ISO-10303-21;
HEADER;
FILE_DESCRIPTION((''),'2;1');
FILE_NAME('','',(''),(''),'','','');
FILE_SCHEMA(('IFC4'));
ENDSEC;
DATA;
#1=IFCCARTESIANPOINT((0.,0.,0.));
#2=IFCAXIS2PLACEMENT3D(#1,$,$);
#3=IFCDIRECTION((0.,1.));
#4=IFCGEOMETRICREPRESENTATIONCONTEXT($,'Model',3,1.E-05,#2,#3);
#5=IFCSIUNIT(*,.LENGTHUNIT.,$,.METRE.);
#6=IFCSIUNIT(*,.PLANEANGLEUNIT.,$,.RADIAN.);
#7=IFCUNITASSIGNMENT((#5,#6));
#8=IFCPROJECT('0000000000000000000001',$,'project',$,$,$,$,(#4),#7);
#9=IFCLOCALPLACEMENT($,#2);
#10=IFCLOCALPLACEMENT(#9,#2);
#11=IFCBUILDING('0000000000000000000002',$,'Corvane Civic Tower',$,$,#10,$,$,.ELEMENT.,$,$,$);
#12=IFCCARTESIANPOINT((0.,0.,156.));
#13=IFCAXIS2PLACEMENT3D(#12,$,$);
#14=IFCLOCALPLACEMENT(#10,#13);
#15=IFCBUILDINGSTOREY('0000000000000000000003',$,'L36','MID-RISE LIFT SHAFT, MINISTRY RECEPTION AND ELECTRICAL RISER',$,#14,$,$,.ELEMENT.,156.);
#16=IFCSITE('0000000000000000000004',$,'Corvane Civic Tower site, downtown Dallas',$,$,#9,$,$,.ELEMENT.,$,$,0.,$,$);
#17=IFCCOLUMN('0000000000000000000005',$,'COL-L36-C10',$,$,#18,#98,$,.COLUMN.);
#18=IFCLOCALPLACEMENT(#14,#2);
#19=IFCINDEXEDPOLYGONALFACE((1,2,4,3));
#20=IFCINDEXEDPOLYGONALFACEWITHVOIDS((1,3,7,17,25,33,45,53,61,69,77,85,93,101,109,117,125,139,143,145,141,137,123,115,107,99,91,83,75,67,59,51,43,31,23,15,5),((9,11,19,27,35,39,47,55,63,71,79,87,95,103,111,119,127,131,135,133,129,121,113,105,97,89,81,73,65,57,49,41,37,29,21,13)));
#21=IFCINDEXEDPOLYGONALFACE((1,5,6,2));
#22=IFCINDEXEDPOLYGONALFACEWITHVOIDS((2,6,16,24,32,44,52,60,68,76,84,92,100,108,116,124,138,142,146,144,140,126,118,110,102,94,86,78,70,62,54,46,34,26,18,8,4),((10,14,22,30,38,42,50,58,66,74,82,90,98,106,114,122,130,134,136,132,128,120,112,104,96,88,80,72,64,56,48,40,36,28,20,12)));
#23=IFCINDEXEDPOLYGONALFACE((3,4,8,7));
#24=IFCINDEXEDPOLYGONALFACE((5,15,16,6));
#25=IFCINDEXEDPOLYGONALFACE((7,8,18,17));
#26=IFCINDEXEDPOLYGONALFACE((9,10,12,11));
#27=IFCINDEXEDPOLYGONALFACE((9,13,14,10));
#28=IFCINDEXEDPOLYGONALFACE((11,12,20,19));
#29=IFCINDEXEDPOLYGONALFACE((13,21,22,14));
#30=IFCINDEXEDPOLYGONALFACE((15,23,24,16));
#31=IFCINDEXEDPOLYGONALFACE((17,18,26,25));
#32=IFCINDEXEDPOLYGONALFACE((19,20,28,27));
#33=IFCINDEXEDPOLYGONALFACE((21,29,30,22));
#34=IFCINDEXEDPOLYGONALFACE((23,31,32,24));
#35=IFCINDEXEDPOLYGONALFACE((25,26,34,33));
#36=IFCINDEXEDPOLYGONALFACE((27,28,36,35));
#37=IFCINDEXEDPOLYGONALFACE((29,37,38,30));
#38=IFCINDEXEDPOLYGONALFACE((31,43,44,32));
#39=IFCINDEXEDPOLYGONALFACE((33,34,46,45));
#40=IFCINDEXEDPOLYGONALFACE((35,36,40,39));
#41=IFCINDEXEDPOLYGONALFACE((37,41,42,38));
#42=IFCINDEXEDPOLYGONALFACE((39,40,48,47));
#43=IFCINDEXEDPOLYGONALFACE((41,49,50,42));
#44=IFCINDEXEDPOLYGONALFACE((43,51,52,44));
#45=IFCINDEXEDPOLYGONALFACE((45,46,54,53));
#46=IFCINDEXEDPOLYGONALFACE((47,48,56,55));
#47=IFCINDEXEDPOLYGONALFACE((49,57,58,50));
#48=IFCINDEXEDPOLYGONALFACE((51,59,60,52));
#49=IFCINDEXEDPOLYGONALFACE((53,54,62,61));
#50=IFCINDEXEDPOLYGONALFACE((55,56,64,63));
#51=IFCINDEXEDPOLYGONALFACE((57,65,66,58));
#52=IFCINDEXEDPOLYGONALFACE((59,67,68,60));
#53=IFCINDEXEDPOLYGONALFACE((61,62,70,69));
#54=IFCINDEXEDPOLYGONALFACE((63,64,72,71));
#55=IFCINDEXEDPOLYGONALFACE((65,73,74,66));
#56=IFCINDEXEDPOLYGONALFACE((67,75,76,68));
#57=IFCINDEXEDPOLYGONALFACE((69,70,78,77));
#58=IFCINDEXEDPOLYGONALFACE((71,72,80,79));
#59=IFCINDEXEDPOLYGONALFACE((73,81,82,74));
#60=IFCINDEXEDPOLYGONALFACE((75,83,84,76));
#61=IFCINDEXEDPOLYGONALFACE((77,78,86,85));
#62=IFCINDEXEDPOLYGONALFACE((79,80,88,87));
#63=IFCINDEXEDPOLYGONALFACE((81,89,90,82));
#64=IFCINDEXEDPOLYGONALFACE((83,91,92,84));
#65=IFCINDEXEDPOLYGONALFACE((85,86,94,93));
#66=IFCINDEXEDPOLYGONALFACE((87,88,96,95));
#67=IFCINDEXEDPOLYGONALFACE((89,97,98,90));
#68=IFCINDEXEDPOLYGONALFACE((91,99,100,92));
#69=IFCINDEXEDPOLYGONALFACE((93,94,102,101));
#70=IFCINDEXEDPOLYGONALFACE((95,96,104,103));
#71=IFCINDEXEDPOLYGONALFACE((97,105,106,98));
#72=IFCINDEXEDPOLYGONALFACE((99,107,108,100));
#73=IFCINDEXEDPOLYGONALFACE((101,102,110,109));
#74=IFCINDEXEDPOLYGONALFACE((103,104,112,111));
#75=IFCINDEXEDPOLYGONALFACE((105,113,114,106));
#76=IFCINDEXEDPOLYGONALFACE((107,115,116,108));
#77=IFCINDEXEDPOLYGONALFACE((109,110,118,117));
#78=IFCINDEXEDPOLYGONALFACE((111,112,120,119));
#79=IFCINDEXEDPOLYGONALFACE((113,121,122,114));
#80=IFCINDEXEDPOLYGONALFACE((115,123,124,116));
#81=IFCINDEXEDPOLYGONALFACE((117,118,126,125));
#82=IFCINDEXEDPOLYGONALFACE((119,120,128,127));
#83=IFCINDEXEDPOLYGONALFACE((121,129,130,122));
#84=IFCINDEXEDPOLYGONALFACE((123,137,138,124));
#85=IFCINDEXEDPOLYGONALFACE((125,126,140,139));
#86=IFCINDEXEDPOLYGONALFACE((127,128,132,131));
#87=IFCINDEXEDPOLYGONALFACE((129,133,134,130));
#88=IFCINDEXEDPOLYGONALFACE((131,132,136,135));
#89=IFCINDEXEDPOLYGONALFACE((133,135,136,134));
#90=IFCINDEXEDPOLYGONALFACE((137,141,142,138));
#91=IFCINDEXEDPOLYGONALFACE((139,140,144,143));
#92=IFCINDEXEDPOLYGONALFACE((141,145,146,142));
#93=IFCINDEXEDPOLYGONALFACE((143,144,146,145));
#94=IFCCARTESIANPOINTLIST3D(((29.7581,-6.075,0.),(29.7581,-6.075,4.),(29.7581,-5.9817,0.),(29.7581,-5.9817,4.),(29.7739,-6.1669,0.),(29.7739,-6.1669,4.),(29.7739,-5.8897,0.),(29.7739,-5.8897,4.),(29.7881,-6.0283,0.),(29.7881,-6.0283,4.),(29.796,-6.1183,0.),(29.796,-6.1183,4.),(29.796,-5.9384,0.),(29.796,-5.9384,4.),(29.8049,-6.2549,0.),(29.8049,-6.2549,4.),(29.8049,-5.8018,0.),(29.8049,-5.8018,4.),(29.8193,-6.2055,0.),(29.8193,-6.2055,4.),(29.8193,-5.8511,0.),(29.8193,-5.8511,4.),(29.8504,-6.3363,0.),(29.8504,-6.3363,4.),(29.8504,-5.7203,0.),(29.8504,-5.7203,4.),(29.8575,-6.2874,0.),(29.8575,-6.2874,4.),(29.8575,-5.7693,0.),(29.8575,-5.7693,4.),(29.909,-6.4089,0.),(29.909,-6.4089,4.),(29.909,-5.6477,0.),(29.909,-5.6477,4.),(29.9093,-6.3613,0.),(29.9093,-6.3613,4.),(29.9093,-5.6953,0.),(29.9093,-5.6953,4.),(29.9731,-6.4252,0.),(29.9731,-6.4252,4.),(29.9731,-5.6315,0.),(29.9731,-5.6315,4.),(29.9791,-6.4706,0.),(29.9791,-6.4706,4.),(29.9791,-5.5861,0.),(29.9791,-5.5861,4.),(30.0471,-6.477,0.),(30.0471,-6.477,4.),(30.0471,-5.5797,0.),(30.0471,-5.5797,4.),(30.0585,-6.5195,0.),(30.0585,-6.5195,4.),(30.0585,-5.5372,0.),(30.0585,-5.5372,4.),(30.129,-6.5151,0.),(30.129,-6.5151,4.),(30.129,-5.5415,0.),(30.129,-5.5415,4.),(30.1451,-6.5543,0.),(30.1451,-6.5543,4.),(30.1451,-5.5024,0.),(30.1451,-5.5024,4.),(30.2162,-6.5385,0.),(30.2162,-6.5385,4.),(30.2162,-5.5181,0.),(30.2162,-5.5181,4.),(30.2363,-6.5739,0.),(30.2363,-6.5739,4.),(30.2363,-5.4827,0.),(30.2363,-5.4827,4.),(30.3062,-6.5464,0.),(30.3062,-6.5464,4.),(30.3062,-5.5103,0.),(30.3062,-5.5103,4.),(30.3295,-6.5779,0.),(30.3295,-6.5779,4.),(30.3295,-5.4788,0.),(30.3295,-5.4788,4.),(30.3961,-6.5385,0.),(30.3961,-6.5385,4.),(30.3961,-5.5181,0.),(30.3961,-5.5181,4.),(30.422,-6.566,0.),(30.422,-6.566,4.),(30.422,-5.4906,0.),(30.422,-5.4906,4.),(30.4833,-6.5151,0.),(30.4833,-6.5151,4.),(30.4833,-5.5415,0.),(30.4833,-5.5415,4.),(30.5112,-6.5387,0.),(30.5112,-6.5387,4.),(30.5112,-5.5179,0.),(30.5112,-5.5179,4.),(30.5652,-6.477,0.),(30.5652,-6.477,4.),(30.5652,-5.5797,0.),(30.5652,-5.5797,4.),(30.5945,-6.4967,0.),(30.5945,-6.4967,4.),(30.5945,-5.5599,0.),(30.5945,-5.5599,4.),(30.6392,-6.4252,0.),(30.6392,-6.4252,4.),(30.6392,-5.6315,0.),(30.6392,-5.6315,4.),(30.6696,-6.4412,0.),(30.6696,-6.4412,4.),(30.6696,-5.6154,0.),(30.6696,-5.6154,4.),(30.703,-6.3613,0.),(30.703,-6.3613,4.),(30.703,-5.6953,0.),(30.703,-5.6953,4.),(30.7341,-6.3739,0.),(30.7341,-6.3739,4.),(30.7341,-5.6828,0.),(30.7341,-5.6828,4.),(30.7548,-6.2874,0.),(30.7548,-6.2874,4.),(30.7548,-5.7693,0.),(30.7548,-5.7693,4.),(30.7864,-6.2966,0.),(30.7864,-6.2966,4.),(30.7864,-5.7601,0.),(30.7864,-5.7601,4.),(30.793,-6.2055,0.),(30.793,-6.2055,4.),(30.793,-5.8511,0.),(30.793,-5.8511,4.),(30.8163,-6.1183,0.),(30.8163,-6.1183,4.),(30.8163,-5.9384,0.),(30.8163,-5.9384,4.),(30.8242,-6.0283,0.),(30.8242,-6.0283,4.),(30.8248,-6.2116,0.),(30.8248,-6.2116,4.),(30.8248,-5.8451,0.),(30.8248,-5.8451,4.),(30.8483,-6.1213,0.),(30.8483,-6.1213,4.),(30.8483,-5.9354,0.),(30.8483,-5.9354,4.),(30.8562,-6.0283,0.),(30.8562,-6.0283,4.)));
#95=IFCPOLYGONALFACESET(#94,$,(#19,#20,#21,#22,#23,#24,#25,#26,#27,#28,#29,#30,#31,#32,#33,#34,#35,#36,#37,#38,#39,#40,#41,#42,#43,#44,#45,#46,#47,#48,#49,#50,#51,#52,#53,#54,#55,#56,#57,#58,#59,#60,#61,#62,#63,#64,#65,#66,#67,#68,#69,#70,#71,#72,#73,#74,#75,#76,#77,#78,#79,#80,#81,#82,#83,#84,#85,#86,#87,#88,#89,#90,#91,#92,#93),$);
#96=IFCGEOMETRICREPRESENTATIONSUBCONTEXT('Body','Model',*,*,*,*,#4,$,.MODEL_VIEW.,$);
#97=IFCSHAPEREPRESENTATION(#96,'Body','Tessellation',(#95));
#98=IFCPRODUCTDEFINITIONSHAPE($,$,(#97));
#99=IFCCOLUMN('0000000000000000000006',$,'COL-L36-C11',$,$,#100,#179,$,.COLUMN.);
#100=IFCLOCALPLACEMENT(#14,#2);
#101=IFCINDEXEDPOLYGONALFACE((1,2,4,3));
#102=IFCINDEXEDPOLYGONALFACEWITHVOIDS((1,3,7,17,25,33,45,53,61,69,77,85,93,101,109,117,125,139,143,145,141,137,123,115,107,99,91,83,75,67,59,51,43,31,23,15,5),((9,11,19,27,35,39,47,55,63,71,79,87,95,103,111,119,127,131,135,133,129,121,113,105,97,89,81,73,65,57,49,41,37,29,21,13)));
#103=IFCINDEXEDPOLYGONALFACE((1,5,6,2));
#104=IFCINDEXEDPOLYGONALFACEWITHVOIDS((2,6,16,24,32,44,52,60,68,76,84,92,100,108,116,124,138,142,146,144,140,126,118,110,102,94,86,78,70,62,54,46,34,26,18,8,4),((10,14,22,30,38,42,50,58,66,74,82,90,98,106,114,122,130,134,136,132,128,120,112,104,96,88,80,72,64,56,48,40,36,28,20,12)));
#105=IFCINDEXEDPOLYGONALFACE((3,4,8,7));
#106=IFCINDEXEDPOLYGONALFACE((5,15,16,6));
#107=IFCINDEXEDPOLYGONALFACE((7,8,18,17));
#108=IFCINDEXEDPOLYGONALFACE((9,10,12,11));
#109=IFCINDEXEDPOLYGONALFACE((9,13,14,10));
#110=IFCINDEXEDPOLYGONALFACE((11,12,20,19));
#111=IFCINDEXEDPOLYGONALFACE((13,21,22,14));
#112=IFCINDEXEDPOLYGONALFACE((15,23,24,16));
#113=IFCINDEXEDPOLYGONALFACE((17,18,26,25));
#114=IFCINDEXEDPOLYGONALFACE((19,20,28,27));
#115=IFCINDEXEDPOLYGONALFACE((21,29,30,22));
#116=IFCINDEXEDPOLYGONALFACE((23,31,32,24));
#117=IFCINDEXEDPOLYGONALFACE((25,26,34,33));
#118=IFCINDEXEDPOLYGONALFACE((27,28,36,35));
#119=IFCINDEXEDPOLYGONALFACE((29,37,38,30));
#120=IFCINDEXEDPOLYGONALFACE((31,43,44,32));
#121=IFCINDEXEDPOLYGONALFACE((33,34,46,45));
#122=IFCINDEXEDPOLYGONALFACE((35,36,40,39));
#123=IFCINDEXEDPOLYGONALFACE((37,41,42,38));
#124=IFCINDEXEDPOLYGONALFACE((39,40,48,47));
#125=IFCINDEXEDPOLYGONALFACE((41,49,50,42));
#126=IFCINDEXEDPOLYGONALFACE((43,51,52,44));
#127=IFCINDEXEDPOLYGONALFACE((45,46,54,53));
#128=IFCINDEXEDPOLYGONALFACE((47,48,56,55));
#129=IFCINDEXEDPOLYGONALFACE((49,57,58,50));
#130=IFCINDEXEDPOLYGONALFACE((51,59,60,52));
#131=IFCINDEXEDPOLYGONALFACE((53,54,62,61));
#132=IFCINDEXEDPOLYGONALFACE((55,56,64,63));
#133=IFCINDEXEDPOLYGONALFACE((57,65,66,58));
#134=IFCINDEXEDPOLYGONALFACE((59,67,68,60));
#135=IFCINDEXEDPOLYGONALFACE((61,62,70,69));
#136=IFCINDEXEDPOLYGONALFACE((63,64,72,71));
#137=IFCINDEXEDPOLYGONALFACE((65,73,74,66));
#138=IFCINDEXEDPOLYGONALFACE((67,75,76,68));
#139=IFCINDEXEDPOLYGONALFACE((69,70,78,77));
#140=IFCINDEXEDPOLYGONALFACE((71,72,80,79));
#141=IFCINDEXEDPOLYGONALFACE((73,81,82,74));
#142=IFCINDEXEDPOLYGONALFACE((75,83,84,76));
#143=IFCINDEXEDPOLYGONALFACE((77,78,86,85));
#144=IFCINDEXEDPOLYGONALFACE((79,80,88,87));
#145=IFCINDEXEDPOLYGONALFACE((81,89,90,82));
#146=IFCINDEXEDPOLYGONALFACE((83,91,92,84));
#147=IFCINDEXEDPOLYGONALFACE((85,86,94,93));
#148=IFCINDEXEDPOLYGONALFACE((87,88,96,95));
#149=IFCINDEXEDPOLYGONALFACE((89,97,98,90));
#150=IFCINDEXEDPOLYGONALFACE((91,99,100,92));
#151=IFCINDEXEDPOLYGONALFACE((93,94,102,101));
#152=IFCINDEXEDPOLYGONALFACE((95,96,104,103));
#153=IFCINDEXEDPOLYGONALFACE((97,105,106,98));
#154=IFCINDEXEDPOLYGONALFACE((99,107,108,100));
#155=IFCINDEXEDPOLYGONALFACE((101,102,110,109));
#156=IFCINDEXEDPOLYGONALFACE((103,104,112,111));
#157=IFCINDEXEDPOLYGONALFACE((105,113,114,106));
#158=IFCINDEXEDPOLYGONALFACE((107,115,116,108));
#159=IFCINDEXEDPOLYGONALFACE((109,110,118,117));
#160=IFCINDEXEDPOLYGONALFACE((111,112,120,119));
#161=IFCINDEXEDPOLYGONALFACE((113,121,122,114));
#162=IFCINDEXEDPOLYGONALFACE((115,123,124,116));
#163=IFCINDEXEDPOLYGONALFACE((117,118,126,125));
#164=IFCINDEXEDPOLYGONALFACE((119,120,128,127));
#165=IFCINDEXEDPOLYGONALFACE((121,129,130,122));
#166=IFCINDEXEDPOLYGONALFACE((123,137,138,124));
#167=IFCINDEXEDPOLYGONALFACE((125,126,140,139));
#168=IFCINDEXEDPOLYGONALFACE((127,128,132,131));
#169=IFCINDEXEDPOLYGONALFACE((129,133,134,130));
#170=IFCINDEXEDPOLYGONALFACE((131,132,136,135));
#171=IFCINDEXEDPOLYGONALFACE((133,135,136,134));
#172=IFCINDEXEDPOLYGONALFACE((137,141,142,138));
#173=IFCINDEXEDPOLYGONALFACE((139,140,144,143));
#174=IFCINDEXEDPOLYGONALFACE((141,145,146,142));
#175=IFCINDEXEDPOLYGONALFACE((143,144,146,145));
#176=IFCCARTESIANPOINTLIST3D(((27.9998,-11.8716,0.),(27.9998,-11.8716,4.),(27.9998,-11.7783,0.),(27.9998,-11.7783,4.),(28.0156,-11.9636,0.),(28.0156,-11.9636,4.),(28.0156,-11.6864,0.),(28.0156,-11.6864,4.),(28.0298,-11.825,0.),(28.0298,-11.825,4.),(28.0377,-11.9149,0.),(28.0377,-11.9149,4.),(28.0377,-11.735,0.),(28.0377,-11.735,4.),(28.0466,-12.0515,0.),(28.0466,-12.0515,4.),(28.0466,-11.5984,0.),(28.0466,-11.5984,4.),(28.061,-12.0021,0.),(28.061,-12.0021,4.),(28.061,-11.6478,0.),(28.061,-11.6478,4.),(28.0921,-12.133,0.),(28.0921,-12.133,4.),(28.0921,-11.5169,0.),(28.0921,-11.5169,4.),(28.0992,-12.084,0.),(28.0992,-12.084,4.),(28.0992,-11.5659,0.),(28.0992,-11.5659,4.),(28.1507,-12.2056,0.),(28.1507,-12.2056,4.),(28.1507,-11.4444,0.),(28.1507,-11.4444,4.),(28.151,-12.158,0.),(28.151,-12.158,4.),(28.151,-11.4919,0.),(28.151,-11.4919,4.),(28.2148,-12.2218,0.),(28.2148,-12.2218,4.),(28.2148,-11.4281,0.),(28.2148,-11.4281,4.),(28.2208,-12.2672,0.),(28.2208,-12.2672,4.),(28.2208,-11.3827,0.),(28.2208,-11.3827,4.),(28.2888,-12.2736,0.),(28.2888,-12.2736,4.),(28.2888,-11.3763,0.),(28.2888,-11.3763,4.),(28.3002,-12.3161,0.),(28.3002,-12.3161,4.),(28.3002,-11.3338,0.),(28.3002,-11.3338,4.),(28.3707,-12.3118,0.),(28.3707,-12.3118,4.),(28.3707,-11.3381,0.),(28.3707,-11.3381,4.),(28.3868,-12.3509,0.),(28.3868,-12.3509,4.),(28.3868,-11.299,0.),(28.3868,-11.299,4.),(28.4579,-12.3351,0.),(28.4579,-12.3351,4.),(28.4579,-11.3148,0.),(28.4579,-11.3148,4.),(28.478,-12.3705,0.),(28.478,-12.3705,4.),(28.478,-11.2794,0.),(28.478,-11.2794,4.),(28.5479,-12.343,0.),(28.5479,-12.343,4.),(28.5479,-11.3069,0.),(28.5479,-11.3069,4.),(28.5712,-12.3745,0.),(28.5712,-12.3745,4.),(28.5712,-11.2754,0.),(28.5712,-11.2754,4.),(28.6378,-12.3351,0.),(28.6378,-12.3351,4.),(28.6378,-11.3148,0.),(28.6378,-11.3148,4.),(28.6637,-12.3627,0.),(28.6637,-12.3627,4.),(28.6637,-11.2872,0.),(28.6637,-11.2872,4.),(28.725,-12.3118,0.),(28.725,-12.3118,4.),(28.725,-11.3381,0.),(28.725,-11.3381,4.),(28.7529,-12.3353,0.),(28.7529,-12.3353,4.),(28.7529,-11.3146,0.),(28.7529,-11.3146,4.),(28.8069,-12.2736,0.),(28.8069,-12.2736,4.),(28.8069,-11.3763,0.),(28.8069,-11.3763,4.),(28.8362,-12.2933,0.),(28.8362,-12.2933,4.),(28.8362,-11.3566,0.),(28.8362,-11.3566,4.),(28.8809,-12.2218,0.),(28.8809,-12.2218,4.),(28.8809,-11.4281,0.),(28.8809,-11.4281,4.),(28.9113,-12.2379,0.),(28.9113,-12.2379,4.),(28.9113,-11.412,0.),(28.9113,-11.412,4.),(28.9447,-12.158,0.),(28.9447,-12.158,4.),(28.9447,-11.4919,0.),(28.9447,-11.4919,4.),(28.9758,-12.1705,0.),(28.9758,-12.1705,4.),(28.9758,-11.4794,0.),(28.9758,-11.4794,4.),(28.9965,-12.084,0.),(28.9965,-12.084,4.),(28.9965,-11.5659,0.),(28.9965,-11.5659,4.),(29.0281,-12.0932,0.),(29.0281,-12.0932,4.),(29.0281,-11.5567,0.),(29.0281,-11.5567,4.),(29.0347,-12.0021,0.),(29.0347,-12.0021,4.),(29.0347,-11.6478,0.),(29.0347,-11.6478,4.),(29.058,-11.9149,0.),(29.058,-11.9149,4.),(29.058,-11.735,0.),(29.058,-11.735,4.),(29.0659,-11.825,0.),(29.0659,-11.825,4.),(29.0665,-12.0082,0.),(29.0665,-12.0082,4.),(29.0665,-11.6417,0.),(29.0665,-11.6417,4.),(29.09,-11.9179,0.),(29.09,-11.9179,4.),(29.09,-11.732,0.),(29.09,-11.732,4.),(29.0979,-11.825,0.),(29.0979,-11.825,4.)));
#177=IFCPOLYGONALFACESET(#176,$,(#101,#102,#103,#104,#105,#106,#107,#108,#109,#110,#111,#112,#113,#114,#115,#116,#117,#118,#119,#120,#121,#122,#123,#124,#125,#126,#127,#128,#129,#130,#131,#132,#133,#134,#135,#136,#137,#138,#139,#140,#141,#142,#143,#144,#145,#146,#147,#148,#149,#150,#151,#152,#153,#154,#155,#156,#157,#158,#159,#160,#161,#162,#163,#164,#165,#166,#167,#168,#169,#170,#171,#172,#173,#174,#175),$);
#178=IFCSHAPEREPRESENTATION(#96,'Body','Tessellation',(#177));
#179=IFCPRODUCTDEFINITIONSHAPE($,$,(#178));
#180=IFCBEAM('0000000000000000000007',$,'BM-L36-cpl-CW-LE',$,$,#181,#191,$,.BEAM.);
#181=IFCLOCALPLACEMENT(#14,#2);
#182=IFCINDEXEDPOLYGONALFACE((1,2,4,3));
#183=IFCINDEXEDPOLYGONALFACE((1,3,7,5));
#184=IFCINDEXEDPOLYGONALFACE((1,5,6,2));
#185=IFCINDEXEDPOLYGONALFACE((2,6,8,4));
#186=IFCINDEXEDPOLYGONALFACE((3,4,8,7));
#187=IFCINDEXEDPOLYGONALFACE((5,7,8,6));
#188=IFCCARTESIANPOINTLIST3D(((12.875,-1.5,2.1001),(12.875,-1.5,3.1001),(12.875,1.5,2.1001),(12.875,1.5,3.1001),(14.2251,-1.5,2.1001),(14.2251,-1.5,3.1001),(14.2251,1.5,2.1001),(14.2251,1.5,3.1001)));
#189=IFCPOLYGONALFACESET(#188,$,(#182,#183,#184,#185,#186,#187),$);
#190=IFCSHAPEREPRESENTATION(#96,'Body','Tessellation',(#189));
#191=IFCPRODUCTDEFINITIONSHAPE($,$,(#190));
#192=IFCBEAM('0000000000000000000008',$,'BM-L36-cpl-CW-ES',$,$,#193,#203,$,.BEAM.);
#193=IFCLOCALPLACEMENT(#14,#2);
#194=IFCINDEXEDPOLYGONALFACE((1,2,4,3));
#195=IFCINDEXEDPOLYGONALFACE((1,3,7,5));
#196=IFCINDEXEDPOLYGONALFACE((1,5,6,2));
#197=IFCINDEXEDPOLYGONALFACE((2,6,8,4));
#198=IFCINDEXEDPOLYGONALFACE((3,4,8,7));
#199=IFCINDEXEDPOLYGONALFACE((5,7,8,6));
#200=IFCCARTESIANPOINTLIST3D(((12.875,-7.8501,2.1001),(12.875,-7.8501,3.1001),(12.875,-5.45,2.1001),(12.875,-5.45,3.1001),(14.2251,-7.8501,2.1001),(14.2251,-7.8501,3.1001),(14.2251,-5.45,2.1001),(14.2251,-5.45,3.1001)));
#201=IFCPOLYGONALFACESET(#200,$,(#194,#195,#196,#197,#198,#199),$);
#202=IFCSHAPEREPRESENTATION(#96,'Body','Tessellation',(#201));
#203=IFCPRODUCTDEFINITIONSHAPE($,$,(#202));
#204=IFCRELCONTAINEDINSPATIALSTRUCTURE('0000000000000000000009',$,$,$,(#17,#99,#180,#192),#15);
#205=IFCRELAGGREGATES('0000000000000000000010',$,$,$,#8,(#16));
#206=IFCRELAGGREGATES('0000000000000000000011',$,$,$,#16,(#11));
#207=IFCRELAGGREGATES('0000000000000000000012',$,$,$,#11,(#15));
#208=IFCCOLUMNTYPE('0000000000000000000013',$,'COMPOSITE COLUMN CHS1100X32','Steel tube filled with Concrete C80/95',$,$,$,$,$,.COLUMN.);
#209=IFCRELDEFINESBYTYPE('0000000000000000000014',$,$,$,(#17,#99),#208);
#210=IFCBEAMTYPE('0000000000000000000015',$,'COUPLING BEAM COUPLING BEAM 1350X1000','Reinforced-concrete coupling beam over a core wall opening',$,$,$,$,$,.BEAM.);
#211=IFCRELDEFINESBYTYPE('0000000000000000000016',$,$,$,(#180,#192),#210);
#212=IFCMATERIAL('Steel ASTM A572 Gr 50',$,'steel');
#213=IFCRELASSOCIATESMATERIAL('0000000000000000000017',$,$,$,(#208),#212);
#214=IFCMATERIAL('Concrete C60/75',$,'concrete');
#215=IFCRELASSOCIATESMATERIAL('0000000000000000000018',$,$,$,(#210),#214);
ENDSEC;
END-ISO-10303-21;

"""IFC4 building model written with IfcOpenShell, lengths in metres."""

from ifc_helpers import new_model, si_unit, direction, frame, origin, origin_2d, place, context, subcontext, project, spatial, rectangle, hollow_circle, extrude, material, material_profile, profile_set, type_object, element, save


model = new_model("IFC4")

# Units and contexts
model_context = context("Model", 3, precision=1e-05, world=origin(), true_north=direction((0.0, 1.0)))
body_context = subcontext(model_context, "Body", "Model", "MODEL_VIEW")
ifc_project = project(units=[si_unit("LENGTHUNIT", "METRE"), si_unit("PLANEANGLEUNIT", "RADIAN")], contexts=[model_context])

# Site, building, storey
site_placement = place(None, origin())
site = spatial("IfcSite", under=ifc_project, at=site_placement, Name="Corvane Civic Tower site, downtown Dallas", CompositionType="ELEMENT", RefElevation=0.0)
building_placement = place(site_placement, origin())
building = spatial("IfcBuilding", under=site, at=building_placement, Name="Corvane Civic Tower", CompositionType="ELEMENT")
storey_placement = place(building_placement, frame((0.0, 0.0, 156.0)))
storey = spatial("IfcBuildingStorey", under=building, at=storey_placement, Name="L36", Description="MID-RISE LIFT SHAFT, MINISTRY RECEPTION AND ELECTRICAL RISER", CompositionType="ELEMENT", Elevation=156.0)

# Columns
ifc_material_1 = material(Name="Steel ASTM A572 Gr 50", Category="steel")
ifc_material_profile_1 = material_profile(ifc_material_1, hollow_circle(Radius=0.55, WallThickness=0.032, at=origin_2d()), Name="CHS1100X32")
ifc_profile_set_1 = profile_set([ifc_material_profile_1], Name="Steel ASTM A572 Gr 50")
column_type = type_object("IfcColumnType", Name="COMPOSITE COLUMN CHS1100X32", Description="Steel tube filled with Concrete C80/95", PredefinedType="COLUMN", material=ifc_profile_set_1)
for number, where, z_axis, x_axis, name in (
    (1, (30.3062, -6.0283, 0.0), (0.0, 0.0, 1.0), (1.0, 0.0, 0.0), "COL-L36-C10"),
    (2, (28.5479, -11.825, 0.0), (0.0, 0.0, 1.0), (1.0, 0.0, 0.0), "COL-L36-C11"),
):
    element("IfcColumn", number, at=place(storey_placement, frame(where, z_axis=z_axis, x_axis=x_axis)), inside=storey, type_object=column_type, Name=name, PredefinedType="COLUMN", context=body_context, shape_type="SweptSolid", body=[
        extrude(hollow_circle(Radius=0.55, WallThickness=0.032, at=origin_2d()), origin(), (0.0, 0.0, 1.0), 4.0),
    ])

# Beams
ifc_material_2 = material(Name="Concrete C60/75", Category="concrete")
ifc_material_profile_2 = material_profile(ifc_material_2, rectangle(XDim=1.3501, YDim=1.0, at=origin_2d()), Name="COUPLING BEAM 1350X1000")
ifc_profile_set_2 = profile_set([ifc_material_profile_2], Name="Concrete C60/75")
beam_type_1 = type_object("IfcBeamType", Name="COUPLING BEAM COUPLING BEAM 1350X1000", Description="Reinforced-concrete coupling beam over a core wall opening", PredefinedType="BEAM", material=ifc_profile_set_2)
beam_1_placement = place(storey_placement, frame((13.55, -1.5, 2.6001), z_axis=(0.0, 1.0, 0.0), x_axis=(-1.0, 0.0, 0.0)))
element("IfcBeam", 3, at=beam_1_placement, inside=storey, type_object=beam_type_1, Name="BM-L36-cpl-CW-LE", PredefinedType="BEAM", context=body_context, shape_type="SweptSolid", body=[
    extrude(rectangle(XDim=1.3501, YDim=1.0, at=origin_2d()), origin(), (0.0, 0.0, 1.0), 3.0),
])
beam_2_placement = place(storey_placement, frame((13.55, -7.8501, 2.6001), z_axis=(0.0, 1.0, 0.0), x_axis=(-1.0, 0.0, 0.0)))
element("IfcBeam", 4, at=beam_2_placement, inside=storey, type_object=beam_type_1, Name="BM-L36-cpl-CW-ES", PredefinedType="BEAM", context=body_context, shape_type="SweptSolid", body=[
    extrude(rectangle(XDim=1.3501, YDim=1.0, at=origin_2d()), origin(), (0.0, 0.0, 1.0), 2.4001),
])

save(model, "model.ifc")
